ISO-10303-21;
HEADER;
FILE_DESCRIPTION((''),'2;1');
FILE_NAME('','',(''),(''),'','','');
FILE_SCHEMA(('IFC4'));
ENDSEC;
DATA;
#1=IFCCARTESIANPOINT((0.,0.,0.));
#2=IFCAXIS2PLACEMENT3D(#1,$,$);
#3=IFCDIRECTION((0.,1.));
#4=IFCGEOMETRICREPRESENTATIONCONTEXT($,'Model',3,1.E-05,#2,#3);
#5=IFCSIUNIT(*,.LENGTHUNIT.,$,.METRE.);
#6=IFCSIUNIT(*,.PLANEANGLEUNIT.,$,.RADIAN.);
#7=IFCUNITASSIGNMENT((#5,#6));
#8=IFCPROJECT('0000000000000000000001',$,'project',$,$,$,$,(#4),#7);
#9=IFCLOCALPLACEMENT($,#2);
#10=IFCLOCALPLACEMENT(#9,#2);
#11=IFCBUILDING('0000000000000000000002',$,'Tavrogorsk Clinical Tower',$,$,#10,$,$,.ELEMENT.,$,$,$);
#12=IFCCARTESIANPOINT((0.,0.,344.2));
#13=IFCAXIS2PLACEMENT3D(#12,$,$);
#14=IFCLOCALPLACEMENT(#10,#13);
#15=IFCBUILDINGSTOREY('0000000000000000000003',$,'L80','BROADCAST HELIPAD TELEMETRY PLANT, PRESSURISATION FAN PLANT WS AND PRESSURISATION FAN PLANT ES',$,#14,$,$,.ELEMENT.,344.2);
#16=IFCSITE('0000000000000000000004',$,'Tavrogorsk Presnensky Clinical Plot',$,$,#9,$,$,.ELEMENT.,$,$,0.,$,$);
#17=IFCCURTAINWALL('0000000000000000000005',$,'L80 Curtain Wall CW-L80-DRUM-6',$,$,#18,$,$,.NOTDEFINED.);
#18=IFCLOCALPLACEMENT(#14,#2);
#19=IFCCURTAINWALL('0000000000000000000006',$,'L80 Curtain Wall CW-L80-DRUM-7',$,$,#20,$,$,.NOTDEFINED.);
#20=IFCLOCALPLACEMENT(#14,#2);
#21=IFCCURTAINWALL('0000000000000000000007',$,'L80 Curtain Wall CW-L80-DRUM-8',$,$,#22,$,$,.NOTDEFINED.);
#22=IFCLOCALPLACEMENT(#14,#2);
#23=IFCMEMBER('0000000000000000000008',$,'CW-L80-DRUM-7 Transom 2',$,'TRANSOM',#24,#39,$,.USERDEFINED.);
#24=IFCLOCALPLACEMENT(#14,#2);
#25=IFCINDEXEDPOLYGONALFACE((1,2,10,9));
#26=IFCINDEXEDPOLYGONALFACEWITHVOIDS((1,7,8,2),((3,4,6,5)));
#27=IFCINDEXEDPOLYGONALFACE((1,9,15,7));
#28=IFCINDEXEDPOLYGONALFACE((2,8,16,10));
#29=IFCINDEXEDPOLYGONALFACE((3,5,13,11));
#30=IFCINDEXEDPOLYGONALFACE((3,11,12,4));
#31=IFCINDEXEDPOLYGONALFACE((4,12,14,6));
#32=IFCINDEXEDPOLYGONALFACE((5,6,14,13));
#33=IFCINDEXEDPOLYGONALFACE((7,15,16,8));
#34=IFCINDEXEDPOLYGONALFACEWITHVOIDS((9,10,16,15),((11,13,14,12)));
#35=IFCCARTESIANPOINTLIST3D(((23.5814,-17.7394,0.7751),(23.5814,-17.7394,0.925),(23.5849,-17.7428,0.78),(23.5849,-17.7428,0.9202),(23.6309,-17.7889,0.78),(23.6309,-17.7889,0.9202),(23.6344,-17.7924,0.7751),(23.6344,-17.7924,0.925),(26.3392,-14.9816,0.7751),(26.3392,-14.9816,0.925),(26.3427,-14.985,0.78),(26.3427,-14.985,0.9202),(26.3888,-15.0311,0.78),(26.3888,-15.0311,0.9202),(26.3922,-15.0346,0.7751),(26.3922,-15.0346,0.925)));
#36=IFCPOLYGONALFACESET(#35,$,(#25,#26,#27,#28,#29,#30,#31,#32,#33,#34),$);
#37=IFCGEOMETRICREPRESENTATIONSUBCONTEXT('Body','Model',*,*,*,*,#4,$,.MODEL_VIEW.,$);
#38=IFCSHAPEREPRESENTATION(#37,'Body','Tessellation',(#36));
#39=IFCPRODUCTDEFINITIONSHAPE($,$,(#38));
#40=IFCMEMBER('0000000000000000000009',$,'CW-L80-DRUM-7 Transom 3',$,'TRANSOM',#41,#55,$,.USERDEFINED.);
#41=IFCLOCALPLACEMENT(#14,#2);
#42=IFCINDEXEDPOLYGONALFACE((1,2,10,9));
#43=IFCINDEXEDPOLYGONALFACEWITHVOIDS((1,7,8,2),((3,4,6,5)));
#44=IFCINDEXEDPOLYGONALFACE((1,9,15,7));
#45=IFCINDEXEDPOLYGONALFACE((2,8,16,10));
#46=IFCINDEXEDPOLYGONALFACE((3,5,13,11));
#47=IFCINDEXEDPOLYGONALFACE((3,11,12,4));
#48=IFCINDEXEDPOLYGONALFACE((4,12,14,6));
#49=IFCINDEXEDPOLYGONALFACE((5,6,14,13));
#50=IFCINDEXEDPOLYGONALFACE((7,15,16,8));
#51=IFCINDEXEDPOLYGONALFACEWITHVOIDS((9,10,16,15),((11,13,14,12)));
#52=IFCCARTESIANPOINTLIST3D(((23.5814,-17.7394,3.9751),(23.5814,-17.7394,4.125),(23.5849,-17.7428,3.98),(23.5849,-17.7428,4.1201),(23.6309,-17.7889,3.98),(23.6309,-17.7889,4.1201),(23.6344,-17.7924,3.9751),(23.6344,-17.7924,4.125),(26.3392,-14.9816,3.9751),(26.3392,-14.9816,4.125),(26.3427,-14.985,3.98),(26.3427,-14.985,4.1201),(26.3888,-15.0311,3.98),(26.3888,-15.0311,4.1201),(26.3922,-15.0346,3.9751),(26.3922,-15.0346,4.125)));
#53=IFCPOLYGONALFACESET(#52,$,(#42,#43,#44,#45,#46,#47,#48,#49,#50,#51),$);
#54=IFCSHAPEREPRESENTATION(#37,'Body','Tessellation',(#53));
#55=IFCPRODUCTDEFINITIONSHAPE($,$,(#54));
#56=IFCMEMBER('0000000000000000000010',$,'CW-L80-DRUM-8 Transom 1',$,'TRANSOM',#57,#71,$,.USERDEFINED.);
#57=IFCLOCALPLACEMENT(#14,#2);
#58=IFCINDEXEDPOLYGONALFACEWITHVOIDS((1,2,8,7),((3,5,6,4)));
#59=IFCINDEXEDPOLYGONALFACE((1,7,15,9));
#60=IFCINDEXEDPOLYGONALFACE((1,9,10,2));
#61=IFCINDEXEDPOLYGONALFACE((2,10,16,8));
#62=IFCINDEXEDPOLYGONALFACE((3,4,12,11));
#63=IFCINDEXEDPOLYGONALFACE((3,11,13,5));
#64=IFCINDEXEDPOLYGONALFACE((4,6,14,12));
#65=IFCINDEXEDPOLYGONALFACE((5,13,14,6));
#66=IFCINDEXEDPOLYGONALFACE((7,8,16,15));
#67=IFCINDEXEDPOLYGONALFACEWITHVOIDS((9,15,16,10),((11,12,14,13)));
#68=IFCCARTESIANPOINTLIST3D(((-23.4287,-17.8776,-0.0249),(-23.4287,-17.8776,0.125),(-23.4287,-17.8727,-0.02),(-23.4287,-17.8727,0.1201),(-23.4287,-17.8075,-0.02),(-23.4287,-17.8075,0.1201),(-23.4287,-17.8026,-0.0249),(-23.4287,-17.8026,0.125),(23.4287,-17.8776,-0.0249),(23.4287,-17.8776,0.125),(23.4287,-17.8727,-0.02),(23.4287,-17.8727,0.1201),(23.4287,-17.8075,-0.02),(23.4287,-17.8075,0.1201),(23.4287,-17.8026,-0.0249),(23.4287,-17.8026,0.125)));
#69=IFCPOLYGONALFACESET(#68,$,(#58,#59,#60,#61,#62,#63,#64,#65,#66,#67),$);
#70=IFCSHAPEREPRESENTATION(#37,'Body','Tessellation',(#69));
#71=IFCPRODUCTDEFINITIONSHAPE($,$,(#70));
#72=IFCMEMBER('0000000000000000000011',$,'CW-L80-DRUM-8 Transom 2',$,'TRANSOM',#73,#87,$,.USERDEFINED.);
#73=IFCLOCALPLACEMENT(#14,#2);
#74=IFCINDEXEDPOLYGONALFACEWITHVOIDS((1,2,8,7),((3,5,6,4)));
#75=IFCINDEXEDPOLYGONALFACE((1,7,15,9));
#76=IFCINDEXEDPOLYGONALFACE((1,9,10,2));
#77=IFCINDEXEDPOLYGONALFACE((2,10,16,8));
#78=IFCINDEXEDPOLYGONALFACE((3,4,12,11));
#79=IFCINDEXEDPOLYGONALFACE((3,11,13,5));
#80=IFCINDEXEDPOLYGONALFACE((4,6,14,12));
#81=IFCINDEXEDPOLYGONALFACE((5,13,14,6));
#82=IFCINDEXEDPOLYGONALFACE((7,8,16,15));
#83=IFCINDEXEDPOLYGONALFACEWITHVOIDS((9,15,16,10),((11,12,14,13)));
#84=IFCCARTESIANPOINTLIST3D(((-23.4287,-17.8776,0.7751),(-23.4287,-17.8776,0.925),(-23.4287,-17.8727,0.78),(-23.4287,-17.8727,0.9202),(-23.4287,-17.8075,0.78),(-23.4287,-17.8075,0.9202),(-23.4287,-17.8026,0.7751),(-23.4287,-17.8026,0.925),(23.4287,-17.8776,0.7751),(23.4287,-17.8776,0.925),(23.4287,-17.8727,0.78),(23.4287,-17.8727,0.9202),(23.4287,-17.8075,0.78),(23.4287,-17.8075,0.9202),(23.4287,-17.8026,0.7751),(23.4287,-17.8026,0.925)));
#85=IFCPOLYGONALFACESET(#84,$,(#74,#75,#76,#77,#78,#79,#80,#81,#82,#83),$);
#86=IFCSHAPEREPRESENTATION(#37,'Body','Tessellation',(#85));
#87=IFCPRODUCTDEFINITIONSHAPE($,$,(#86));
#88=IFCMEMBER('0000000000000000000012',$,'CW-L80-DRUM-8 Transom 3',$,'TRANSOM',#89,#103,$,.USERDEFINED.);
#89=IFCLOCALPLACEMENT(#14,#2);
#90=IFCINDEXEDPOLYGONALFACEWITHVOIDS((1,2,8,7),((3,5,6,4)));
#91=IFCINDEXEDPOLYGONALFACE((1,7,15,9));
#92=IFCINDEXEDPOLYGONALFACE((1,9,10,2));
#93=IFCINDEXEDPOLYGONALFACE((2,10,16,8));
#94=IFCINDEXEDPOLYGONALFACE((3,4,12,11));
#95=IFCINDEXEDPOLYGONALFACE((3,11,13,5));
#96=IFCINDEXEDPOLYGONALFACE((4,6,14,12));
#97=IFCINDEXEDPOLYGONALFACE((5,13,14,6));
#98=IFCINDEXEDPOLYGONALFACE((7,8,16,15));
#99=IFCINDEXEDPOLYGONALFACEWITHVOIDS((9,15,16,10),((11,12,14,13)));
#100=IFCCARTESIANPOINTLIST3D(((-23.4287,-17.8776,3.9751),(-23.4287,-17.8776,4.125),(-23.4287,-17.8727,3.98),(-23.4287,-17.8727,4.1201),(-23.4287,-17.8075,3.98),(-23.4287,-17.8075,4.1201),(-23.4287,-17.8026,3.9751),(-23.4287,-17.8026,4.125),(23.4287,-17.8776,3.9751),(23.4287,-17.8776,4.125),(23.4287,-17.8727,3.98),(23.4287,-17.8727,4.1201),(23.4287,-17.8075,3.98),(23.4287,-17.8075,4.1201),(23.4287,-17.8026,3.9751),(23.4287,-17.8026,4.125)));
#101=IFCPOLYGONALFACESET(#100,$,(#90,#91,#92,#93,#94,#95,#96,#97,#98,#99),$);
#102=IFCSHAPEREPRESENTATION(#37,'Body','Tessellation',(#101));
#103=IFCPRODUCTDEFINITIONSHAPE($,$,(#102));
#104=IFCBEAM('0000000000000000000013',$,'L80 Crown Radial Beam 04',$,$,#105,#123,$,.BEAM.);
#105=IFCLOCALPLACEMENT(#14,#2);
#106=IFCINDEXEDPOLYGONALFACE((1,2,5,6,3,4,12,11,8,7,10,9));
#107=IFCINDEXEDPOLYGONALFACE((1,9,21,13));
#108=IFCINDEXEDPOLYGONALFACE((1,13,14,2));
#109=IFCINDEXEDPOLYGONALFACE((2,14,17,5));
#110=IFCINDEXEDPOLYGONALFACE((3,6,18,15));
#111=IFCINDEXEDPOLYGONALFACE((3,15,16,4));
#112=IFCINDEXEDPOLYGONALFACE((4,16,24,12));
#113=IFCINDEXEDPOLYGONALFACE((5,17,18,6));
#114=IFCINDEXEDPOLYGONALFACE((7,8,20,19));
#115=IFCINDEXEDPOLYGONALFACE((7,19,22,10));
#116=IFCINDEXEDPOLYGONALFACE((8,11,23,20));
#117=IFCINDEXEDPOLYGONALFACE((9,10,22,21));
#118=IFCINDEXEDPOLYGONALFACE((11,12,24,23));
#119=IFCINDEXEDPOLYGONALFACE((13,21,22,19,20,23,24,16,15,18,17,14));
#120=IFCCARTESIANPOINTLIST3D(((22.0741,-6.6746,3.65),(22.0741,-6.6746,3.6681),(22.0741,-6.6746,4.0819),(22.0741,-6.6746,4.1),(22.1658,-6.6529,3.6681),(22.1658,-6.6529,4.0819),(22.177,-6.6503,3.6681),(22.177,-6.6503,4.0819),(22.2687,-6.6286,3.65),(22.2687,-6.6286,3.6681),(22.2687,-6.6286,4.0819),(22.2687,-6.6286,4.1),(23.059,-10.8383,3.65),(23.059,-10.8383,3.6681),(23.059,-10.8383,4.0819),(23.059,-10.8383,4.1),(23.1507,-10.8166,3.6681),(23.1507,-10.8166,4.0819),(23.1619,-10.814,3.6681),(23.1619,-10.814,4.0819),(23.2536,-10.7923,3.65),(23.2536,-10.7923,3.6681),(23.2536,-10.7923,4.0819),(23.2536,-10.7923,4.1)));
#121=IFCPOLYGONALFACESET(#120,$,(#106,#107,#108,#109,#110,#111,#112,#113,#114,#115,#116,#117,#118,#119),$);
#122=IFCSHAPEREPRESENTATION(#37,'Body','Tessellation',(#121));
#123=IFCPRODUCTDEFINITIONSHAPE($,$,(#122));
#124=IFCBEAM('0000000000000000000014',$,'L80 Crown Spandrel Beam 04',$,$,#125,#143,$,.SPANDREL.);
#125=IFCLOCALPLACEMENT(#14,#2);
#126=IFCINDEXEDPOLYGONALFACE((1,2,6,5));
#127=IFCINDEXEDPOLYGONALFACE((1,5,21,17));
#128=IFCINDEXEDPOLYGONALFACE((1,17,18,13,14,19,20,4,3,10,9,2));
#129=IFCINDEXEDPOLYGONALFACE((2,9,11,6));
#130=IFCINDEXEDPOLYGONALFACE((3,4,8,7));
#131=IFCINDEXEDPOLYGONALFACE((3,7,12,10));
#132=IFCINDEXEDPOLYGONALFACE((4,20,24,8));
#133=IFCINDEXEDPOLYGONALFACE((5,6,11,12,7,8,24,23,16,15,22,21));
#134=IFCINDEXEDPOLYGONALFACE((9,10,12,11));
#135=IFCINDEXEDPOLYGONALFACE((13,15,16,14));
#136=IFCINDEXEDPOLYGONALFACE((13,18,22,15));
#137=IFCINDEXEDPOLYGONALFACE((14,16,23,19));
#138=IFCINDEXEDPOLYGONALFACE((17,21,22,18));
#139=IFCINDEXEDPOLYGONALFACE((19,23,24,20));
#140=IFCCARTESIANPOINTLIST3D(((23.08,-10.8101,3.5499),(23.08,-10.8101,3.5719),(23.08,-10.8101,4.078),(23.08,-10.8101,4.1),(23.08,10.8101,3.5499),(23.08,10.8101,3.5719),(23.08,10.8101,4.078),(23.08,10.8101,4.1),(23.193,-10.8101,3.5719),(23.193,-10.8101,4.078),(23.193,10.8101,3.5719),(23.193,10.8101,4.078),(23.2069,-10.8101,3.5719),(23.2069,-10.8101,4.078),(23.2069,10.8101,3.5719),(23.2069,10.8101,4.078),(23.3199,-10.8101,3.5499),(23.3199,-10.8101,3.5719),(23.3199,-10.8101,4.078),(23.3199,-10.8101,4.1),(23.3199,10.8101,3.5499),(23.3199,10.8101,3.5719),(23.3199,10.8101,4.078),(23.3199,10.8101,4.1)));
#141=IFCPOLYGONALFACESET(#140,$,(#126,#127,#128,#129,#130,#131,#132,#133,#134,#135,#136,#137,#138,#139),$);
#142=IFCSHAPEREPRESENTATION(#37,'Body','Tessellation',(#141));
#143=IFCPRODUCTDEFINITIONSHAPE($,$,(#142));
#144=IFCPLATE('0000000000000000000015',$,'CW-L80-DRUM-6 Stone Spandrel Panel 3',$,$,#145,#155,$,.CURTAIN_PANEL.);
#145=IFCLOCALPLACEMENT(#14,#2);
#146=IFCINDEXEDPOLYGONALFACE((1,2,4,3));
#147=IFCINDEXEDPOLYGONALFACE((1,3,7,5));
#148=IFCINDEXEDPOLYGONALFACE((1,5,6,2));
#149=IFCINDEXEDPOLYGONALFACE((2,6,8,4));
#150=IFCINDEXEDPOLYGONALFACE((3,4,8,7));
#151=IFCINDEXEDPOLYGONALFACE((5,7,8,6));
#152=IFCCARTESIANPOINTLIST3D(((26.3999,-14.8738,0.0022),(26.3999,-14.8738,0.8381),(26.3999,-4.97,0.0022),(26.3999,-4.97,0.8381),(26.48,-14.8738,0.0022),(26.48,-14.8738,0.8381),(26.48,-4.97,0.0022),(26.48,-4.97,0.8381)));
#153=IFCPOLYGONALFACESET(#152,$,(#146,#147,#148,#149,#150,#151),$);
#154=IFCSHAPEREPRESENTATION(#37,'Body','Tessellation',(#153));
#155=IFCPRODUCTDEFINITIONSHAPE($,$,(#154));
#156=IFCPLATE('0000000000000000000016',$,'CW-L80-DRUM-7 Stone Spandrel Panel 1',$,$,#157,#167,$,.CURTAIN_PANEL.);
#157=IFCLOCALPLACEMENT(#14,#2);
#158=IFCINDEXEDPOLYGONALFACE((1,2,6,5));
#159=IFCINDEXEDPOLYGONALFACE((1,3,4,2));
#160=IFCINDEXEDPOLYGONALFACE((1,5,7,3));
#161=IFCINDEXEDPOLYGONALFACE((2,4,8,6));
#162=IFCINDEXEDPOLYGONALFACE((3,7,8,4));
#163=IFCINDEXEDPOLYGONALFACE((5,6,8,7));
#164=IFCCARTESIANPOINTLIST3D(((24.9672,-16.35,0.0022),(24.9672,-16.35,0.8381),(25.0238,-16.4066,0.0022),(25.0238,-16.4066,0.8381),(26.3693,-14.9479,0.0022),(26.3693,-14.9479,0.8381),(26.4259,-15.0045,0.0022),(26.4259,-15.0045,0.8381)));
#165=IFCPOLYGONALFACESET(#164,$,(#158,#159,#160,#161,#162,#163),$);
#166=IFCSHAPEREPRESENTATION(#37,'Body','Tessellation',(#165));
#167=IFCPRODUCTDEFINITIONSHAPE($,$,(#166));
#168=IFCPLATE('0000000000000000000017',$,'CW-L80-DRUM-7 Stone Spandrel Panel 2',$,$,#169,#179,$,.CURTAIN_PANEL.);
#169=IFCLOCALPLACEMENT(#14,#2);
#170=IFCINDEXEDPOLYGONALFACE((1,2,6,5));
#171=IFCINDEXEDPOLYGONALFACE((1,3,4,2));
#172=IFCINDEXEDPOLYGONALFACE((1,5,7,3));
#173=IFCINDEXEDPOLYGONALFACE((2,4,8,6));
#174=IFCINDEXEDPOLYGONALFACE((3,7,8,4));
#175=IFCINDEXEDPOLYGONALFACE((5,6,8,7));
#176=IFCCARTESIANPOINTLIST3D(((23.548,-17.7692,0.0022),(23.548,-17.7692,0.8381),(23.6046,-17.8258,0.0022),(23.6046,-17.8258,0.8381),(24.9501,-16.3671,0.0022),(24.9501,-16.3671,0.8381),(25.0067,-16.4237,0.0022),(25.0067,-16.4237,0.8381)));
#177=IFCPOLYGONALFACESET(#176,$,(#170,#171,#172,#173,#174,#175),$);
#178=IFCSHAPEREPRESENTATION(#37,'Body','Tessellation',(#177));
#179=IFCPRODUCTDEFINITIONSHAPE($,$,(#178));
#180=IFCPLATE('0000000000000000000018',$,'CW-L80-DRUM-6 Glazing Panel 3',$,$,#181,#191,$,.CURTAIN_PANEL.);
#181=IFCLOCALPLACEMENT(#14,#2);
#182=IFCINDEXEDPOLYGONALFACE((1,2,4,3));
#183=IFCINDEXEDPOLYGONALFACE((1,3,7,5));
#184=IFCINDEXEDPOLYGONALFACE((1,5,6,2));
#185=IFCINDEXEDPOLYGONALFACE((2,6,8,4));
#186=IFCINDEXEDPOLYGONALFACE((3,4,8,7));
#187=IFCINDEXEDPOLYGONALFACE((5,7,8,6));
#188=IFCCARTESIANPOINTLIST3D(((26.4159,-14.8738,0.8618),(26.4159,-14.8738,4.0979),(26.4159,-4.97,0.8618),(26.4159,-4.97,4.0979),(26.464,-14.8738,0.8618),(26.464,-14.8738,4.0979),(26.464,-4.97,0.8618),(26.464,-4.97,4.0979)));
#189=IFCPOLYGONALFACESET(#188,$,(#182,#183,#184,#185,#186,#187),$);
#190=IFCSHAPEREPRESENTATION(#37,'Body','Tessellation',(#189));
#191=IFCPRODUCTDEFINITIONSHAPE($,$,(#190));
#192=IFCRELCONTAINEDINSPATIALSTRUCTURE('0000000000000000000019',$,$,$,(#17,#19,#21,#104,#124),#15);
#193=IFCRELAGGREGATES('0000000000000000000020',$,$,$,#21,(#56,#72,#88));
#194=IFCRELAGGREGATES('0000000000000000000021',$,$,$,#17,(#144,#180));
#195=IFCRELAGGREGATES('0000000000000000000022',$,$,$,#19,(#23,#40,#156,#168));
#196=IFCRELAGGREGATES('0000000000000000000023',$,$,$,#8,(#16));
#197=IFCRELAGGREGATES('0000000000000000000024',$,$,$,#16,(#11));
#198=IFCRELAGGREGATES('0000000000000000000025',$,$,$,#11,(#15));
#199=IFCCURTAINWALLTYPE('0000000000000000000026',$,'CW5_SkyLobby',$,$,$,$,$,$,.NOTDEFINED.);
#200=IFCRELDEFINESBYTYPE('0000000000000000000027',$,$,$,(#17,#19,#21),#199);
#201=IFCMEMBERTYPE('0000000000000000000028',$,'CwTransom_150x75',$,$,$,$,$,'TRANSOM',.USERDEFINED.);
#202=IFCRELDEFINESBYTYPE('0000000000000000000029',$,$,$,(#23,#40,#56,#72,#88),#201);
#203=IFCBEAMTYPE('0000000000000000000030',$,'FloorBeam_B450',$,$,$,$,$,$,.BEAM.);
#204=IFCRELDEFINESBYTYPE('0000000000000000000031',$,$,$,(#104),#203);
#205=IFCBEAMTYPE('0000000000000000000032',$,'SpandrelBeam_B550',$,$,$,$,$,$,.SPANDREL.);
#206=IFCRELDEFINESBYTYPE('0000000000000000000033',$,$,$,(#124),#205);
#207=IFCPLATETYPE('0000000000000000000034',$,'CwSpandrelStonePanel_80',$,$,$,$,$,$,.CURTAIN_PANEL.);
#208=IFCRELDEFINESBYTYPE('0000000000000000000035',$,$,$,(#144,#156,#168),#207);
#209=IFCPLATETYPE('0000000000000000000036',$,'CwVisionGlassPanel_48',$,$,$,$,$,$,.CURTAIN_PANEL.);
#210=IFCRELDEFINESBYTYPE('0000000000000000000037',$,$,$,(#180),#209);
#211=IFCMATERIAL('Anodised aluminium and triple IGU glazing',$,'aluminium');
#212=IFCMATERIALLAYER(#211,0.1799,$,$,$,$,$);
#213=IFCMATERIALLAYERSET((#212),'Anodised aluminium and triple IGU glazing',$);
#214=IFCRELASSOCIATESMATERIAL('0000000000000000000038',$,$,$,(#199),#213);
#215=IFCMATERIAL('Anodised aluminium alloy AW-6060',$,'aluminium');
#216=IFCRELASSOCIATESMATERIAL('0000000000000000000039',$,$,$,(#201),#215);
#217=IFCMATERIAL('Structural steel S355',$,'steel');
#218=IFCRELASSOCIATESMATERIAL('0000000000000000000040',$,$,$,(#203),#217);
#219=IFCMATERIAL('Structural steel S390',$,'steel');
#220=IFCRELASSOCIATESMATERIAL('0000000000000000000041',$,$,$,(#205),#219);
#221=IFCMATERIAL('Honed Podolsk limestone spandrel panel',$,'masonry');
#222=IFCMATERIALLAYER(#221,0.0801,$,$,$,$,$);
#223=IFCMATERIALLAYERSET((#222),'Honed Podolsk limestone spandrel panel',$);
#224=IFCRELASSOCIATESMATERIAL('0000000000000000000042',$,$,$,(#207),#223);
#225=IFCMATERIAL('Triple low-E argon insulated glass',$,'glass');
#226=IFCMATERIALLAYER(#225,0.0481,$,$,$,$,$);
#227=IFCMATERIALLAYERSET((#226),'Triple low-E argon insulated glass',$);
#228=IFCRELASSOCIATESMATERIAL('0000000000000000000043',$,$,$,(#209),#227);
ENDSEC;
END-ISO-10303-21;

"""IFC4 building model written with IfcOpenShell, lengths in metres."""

from ifc_helpers import new_model, si_unit, direction, frame, origin, origin_2d, place, context, subcontext, project, spatial, rectangle, hollow_rectangle, i_section, extrude, material, layer, layer_set, material_profile, profile_set, type_object, element, aggregate, save


model = new_model("IFC4")

# Units and contexts
model_context = context("Model", 3, precision=1e-05, world=origin(), true_north=direction((0.0, 1.0)))
body_context = subcontext(model_context, "Body", "Model", "MODEL_VIEW")
ifc_project = project(units=[si_unit("LENGTHUNIT", "METRE"), si_unit("PLANEANGLEUNIT", "RADIAN")], contexts=[model_context])

# Site, building, storey
site_placement = place(None, origin())
site = spatial("IfcSite", under=ifc_project, at=site_placement, Name="Tavrogorsk Presnensky Clinical Plot", CompositionType="ELEMENT", RefElevation=0.0)
building_placement = place(site_placement, origin())
building = spatial("IfcBuilding", under=site, at=building_placement, Name="Tavrogorsk Clinical Tower", CompositionType="ELEMENT")
storey_placement = place(building_placement, frame((0.0, 0.0, 344.2)))
storey = spatial("IfcBuildingStorey", under=building, at=storey_placement, Name="L80", Description="BROADCAST HELIPAD TELEMETRY PLANT, PRESSURISATION FAN PLANT WS AND PRESSURISATION FAN PLANT ES", CompositionType="ELEMENT", Elevation=344.2)

# Curtain walls
ifc_material_1 = material(Name="Anodised aluminium and triple IGU glazing", Category="aluminium")
ifc_layer_1 = layer(ifc_material_1, 0.1799)
ifc_layer_set_1 = layer_set([ifc_layer_1], Name="Anodised aluminium and triple IGU glazing")
curtain_wall_type = type_object("IfcCurtainWallType", Name="CW5_SkyLobby", PredefinedType="NOTDEFINED", material=ifc_layer_set_1)
curtain_wall_1_placement = place(storey_placement, origin())
curtain_wall_1 = element("IfcCurtainWall", 1, at=curtain_wall_1_placement, inside=storey, type_object=curtain_wall_type, Name="L80 Curtain Wall CW-L80-DRUM-6", PredefinedType="NOTDEFINED")
curtain_wall_2_placement = place(storey_placement, origin())
curtain_wall_2 = element("IfcCurtainWall", 2, at=curtain_wall_2_placement, inside=storey, type_object=curtain_wall_type, Name="L80 Curtain Wall CW-L80-DRUM-7", PredefinedType="NOTDEFINED")

# Curtain wall
curtain_wall_3_placement = place(storey_placement, origin())
curtain_wall_3 = element("IfcCurtainWall", 3, at=curtain_wall_3_placement, inside=storey, type_object=curtain_wall_type, Name="L80 Curtain Wall CW-L80-DRUM-8", PredefinedType="NOTDEFINED")

# Members
ifc_material_2 = material(Name="Anodised aluminium alloy AW-6060", Category="aluminium")
ifc_material_profile_1 = material_profile(ifc_material_2, hollow_rectangle(XDim=0.075, YDim=0.1499, WallThickness=0.0049, at=origin_2d()), Name="RHS-150x75x5")
ifc_profile_set_1 = profile_set([ifc_material_profile_1], Name="Anodised aluminium alloy AW-6060")
member_type_1 = type_object("IfcMemberType", Name="CwTransom_150x75", ElementType="TRANSOM", PredefinedType="USERDEFINED", material=ifc_profile_set_1)
member_1_placement = place(storey_placement, frame((26.3657, -15.0081, 0.8501), z_axis=(-0.707107, -0.707107, 0.0), x_axis=(0.707107, -0.707107, 0.0)))
member_1 = element("IfcMember", 4, at=member_1_placement, type_object=member_type_1, Name="CW-L80-DRUM-7 Transom 2", ObjectType="TRANSOM", PredefinedType="USERDEFINED", context=body_context, shape_type="SweptSolid", body=[
    extrude(hollow_rectangle(XDim=0.075, YDim=0.1499, WallThickness=0.0049, at=origin_2d()), origin(), (0.0, 0.0, 1.0), 3.9001),
])
member_2_placement = place(storey_placement, frame((26.3657, -15.0081, 4.05), z_axis=(-0.707107, -0.707107, 0.0), x_axis=(0.707107, -0.707107, 0.0)))
member_2 = element("IfcMember", 5, at=member_2_placement, type_object=member_type_1, Name="CW-L80-DRUM-7 Transom 3", ObjectType="TRANSOM", PredefinedType="USERDEFINED", context=body_context, shape_type="SweptSolid", body=[
    extrude(hollow_rectangle(XDim=0.075, YDim=0.1499, WallThickness=0.0049, at=origin_2d()), origin(), (0.0, 0.0, 1.0), 3.9001),
])
member_3_placement = place(storey_placement, frame((23.4287, -17.8401, 0.05), z_axis=(-1.0, 0.0, 0.0), x_axis=(0.0, -1.0, 0.0)))
member_3 = element("IfcMember", 6, at=member_3_placement, type_object=member_type_1, Name="CW-L80-DRUM-8 Transom 1", ObjectType="TRANSOM", PredefinedType="USERDEFINED", context=body_context, shape_type="SweptSolid", body=[
    extrude(hollow_rectangle(XDim=0.075, YDim=0.1499, WallThickness=0.0049, at=origin_2d()), origin(), (0.0, 0.0, 1.0), 46.8574),
])
member_4_placement = place(storey_placement, frame((23.4287, -17.8401, 0.8501), z_axis=(-1.0, 0.0, 0.0), x_axis=(0.0, -1.0, 0.0)))
member_4 = element("IfcMember", 7, at=member_4_placement, type_object=member_type_1, Name="CW-L80-DRUM-8 Transom 2", ObjectType="TRANSOM", PredefinedType="USERDEFINED", context=body_context, shape_type="SweptSolid", body=[
    extrude(hollow_rectangle(XDim=0.075, YDim=0.1499, WallThickness=0.0049, at=origin_2d()), origin(), (0.0, 0.0, 1.0), 46.8574),
])
member_5_placement = place(storey_placement, frame((23.4287, -17.8401, 4.05), z_axis=(-1.0, 0.0, 0.0), x_axis=(0.0, -1.0, 0.0)))
member_5 = element("IfcMember", 8, at=member_5_placement, type_object=member_type_1, Name="CW-L80-DRUM-8 Transom 3", ObjectType="TRANSOM", PredefinedType="USERDEFINED", context=body_context, shape_type="SweptSolid", body=[
    extrude(hollow_rectangle(XDim=0.075, YDim=0.1499, WallThickness=0.0049, at=origin_2d()), origin(), (0.0, 0.0, 1.0), 46.8574),
])
aggregate(curtain_wall_3, [member_3, member_4, member_5])

# Beams
ifc_material_3 = material(Name="Structural steel S355", Category="steel")
ifc_material_profile_2 = material_profile(ifc_material_3, i_section(OverallWidth=0.2, OverallDepth=0.45, WebThickness=0.0115, FlangeThickness=0.0181, at=origin_2d()), Name="B-450x200x11.5x18")
ifc_profile_set_2 = profile_set([ifc_material_profile_2], Name="Structural steel S355")
beam_type_1 = type_object("IfcBeamType", Name="FloorBeam_B450", PredefinedType="BEAM", material=ifc_profile_set_2)
beam_1_placement = place(storey_placement, frame((22.1714, -6.6516, 3.875), z_axis=(0.230191, -0.973146, 0.0), x_axis=(0.973146, 0.230191, 0.0)))
element("IfcBeam", 9, at=beam_1_placement, inside=storey, type_object=beam_type_1, Name="L80 Crown Radial Beam 04", PredefinedType="BEAM", context=body_context, shape_type="SweptSolid", body=[
    extrude(i_section(OverallWidth=0.2, OverallDepth=0.45, WebThickness=0.0115, FlangeThickness=0.0181, at=origin_2d()), origin(), (0.0, 0.0, 1.0), 4.2786),
])
ifc_material_4 = material(Name="Structural steel S390", Category="steel")
ifc_material_profile_3 = material_profile(ifc_material_4, i_section(OverallWidth=0.24, OverallDepth=0.55, WebThickness=0.0139, FlangeThickness=0.022, at=origin_2d()), Name="B-550x240x14x22")
ifc_profile_set_3 = profile_set([ifc_material_profile_3], Name="Structural steel S390")
beam_type_2 = type_object("IfcBeamType", Name="SpandrelBeam_B550", PredefinedType="SPANDREL", material=ifc_profile_set_3)
beam_2_placement = place(storey_placement, frame((23.2, -10.8101, 3.825), z_axis=(0.0, 1.0, 0.0), x_axis=(-1.0, 0.0, 0.0)))
element("IfcBeam", 10, at=beam_2_placement, inside=storey, type_object=beam_type_2, Name="L80 Crown Spandrel Beam 04", PredefinedType="SPANDREL", context=body_context, shape_type="SweptSolid", body=[
    extrude(i_section(OverallWidth=0.24, OverallDepth=0.55, WebThickness=0.0139, FlangeThickness=0.022, at=origin_2d()), origin(), (0.0, 0.0, 1.0), 21.6201),
])

# Plates
ifc_material_5 = material(Name="Honed Podolsk limestone spandrel panel", Category="masonry")
ifc_layer_2 = layer(ifc_material_5, 0.0801)
ifc_layer_set_2 = layer_set([ifc_layer_2], Name="Honed Podolsk limestone spandrel panel")
plate_type_1 = type_object("IfcPlateType", Name="CwSpandrelStonePanel_80", PredefinedType="CURTAIN_PANEL", material=ifc_layer_set_2)
plate_1_placement = place(storey_placement, frame((26.4399, -9.9219, 0.0022), z_axis=(0.0, 0.0, 1.0), x_axis=(0.0, -1.0, 0.0)))
plate_1 = element("IfcPlate", 11, at=plate_1_placement, type_object=plate_type_1, Name="CW-L80-DRUM-6 Stone Spandrel Panel 3", PredefinedType="CURTAIN_PANEL", context=body_context, shape_type="SweptSolid", body=[
    extrude(rectangle(XDim=9.9038, YDim=0.0801, at=origin_2d()), origin(), (0.0, 0.0, 1.0), 0.8359),
])
plate_2_placement = place(storey_placement, frame((25.6965, -15.6772, 0.0022), z_axis=(0.0, 0.0, 1.0), x_axis=(-0.707107, -0.707107, 0.0)))
plate_2 = element("IfcPlate", 12, at=plate_2_placement, type_object=plate_type_1, Name="CW-L80-DRUM-7 Stone Spandrel Panel 1", PredefinedType="CURTAIN_PANEL", context=body_context, shape_type="SweptSolid", body=[
    extrude(rectangle(XDim=1.9829, YDim=0.0801, at=origin_2d()), origin(), (0.0, 0.0, 1.0), 0.8359),
])
plate_3_placement = place(storey_placement, frame((24.2773, -17.0964, 0.0022), z_axis=(0.0, 0.0, 1.0), x_axis=(-0.707107, -0.707107, 0.0)))
plate_3 = element("IfcPlate", 13, at=plate_3_placement, type_object=plate_type_1, Name="CW-L80-DRUM-7 Stone Spandrel Panel 2", PredefinedType="CURTAIN_PANEL", context=body_context, shape_type="SweptSolid", body=[
    extrude(rectangle(XDim=1.9829, YDim=0.0801, at=origin_2d()), origin(), (0.0, 0.0, 1.0), 0.8359),
])
ifc_material_6 = material(Name="Triple low-E argon insulated glass", Category="glass")
ifc_layer_3 = layer(ifc_material_6, 0.0481)
ifc_layer_set_3 = layer_set([ifc_layer_3], Name="Triple low-E argon insulated glass")
plate_type_2 = type_object("IfcPlateType", Name="CwVisionGlassPanel_48", PredefinedType="CURTAIN_PANEL", material=ifc_layer_set_3)
plate_4_placement = place(storey_placement, frame((26.4399, -9.9219, 0.8618), z_axis=(0.0, 0.0, 1.0), x_axis=(0.0, -1.0, 0.0)))
plate_4 = element("IfcPlate", 14, at=plate_4_placement, type_object=plate_type_2, Name="CW-L80-DRUM-6 Glazing Panel 3", PredefinedType="CURTAIN_PANEL", context=body_context, shape_type="SweptSolid", body=[
    extrude(rectangle(XDim=9.9038, YDim=0.0481, at=origin_2d()), origin(), (0.0, 0.0, 1.0), 3.2361),
])
aggregate(curtain_wall_1, [plate_1, plate_4])
aggregate(curtain_wall_2, [member_1, member_2, plate_2, plate_3])

save(model, "model.ifc")
